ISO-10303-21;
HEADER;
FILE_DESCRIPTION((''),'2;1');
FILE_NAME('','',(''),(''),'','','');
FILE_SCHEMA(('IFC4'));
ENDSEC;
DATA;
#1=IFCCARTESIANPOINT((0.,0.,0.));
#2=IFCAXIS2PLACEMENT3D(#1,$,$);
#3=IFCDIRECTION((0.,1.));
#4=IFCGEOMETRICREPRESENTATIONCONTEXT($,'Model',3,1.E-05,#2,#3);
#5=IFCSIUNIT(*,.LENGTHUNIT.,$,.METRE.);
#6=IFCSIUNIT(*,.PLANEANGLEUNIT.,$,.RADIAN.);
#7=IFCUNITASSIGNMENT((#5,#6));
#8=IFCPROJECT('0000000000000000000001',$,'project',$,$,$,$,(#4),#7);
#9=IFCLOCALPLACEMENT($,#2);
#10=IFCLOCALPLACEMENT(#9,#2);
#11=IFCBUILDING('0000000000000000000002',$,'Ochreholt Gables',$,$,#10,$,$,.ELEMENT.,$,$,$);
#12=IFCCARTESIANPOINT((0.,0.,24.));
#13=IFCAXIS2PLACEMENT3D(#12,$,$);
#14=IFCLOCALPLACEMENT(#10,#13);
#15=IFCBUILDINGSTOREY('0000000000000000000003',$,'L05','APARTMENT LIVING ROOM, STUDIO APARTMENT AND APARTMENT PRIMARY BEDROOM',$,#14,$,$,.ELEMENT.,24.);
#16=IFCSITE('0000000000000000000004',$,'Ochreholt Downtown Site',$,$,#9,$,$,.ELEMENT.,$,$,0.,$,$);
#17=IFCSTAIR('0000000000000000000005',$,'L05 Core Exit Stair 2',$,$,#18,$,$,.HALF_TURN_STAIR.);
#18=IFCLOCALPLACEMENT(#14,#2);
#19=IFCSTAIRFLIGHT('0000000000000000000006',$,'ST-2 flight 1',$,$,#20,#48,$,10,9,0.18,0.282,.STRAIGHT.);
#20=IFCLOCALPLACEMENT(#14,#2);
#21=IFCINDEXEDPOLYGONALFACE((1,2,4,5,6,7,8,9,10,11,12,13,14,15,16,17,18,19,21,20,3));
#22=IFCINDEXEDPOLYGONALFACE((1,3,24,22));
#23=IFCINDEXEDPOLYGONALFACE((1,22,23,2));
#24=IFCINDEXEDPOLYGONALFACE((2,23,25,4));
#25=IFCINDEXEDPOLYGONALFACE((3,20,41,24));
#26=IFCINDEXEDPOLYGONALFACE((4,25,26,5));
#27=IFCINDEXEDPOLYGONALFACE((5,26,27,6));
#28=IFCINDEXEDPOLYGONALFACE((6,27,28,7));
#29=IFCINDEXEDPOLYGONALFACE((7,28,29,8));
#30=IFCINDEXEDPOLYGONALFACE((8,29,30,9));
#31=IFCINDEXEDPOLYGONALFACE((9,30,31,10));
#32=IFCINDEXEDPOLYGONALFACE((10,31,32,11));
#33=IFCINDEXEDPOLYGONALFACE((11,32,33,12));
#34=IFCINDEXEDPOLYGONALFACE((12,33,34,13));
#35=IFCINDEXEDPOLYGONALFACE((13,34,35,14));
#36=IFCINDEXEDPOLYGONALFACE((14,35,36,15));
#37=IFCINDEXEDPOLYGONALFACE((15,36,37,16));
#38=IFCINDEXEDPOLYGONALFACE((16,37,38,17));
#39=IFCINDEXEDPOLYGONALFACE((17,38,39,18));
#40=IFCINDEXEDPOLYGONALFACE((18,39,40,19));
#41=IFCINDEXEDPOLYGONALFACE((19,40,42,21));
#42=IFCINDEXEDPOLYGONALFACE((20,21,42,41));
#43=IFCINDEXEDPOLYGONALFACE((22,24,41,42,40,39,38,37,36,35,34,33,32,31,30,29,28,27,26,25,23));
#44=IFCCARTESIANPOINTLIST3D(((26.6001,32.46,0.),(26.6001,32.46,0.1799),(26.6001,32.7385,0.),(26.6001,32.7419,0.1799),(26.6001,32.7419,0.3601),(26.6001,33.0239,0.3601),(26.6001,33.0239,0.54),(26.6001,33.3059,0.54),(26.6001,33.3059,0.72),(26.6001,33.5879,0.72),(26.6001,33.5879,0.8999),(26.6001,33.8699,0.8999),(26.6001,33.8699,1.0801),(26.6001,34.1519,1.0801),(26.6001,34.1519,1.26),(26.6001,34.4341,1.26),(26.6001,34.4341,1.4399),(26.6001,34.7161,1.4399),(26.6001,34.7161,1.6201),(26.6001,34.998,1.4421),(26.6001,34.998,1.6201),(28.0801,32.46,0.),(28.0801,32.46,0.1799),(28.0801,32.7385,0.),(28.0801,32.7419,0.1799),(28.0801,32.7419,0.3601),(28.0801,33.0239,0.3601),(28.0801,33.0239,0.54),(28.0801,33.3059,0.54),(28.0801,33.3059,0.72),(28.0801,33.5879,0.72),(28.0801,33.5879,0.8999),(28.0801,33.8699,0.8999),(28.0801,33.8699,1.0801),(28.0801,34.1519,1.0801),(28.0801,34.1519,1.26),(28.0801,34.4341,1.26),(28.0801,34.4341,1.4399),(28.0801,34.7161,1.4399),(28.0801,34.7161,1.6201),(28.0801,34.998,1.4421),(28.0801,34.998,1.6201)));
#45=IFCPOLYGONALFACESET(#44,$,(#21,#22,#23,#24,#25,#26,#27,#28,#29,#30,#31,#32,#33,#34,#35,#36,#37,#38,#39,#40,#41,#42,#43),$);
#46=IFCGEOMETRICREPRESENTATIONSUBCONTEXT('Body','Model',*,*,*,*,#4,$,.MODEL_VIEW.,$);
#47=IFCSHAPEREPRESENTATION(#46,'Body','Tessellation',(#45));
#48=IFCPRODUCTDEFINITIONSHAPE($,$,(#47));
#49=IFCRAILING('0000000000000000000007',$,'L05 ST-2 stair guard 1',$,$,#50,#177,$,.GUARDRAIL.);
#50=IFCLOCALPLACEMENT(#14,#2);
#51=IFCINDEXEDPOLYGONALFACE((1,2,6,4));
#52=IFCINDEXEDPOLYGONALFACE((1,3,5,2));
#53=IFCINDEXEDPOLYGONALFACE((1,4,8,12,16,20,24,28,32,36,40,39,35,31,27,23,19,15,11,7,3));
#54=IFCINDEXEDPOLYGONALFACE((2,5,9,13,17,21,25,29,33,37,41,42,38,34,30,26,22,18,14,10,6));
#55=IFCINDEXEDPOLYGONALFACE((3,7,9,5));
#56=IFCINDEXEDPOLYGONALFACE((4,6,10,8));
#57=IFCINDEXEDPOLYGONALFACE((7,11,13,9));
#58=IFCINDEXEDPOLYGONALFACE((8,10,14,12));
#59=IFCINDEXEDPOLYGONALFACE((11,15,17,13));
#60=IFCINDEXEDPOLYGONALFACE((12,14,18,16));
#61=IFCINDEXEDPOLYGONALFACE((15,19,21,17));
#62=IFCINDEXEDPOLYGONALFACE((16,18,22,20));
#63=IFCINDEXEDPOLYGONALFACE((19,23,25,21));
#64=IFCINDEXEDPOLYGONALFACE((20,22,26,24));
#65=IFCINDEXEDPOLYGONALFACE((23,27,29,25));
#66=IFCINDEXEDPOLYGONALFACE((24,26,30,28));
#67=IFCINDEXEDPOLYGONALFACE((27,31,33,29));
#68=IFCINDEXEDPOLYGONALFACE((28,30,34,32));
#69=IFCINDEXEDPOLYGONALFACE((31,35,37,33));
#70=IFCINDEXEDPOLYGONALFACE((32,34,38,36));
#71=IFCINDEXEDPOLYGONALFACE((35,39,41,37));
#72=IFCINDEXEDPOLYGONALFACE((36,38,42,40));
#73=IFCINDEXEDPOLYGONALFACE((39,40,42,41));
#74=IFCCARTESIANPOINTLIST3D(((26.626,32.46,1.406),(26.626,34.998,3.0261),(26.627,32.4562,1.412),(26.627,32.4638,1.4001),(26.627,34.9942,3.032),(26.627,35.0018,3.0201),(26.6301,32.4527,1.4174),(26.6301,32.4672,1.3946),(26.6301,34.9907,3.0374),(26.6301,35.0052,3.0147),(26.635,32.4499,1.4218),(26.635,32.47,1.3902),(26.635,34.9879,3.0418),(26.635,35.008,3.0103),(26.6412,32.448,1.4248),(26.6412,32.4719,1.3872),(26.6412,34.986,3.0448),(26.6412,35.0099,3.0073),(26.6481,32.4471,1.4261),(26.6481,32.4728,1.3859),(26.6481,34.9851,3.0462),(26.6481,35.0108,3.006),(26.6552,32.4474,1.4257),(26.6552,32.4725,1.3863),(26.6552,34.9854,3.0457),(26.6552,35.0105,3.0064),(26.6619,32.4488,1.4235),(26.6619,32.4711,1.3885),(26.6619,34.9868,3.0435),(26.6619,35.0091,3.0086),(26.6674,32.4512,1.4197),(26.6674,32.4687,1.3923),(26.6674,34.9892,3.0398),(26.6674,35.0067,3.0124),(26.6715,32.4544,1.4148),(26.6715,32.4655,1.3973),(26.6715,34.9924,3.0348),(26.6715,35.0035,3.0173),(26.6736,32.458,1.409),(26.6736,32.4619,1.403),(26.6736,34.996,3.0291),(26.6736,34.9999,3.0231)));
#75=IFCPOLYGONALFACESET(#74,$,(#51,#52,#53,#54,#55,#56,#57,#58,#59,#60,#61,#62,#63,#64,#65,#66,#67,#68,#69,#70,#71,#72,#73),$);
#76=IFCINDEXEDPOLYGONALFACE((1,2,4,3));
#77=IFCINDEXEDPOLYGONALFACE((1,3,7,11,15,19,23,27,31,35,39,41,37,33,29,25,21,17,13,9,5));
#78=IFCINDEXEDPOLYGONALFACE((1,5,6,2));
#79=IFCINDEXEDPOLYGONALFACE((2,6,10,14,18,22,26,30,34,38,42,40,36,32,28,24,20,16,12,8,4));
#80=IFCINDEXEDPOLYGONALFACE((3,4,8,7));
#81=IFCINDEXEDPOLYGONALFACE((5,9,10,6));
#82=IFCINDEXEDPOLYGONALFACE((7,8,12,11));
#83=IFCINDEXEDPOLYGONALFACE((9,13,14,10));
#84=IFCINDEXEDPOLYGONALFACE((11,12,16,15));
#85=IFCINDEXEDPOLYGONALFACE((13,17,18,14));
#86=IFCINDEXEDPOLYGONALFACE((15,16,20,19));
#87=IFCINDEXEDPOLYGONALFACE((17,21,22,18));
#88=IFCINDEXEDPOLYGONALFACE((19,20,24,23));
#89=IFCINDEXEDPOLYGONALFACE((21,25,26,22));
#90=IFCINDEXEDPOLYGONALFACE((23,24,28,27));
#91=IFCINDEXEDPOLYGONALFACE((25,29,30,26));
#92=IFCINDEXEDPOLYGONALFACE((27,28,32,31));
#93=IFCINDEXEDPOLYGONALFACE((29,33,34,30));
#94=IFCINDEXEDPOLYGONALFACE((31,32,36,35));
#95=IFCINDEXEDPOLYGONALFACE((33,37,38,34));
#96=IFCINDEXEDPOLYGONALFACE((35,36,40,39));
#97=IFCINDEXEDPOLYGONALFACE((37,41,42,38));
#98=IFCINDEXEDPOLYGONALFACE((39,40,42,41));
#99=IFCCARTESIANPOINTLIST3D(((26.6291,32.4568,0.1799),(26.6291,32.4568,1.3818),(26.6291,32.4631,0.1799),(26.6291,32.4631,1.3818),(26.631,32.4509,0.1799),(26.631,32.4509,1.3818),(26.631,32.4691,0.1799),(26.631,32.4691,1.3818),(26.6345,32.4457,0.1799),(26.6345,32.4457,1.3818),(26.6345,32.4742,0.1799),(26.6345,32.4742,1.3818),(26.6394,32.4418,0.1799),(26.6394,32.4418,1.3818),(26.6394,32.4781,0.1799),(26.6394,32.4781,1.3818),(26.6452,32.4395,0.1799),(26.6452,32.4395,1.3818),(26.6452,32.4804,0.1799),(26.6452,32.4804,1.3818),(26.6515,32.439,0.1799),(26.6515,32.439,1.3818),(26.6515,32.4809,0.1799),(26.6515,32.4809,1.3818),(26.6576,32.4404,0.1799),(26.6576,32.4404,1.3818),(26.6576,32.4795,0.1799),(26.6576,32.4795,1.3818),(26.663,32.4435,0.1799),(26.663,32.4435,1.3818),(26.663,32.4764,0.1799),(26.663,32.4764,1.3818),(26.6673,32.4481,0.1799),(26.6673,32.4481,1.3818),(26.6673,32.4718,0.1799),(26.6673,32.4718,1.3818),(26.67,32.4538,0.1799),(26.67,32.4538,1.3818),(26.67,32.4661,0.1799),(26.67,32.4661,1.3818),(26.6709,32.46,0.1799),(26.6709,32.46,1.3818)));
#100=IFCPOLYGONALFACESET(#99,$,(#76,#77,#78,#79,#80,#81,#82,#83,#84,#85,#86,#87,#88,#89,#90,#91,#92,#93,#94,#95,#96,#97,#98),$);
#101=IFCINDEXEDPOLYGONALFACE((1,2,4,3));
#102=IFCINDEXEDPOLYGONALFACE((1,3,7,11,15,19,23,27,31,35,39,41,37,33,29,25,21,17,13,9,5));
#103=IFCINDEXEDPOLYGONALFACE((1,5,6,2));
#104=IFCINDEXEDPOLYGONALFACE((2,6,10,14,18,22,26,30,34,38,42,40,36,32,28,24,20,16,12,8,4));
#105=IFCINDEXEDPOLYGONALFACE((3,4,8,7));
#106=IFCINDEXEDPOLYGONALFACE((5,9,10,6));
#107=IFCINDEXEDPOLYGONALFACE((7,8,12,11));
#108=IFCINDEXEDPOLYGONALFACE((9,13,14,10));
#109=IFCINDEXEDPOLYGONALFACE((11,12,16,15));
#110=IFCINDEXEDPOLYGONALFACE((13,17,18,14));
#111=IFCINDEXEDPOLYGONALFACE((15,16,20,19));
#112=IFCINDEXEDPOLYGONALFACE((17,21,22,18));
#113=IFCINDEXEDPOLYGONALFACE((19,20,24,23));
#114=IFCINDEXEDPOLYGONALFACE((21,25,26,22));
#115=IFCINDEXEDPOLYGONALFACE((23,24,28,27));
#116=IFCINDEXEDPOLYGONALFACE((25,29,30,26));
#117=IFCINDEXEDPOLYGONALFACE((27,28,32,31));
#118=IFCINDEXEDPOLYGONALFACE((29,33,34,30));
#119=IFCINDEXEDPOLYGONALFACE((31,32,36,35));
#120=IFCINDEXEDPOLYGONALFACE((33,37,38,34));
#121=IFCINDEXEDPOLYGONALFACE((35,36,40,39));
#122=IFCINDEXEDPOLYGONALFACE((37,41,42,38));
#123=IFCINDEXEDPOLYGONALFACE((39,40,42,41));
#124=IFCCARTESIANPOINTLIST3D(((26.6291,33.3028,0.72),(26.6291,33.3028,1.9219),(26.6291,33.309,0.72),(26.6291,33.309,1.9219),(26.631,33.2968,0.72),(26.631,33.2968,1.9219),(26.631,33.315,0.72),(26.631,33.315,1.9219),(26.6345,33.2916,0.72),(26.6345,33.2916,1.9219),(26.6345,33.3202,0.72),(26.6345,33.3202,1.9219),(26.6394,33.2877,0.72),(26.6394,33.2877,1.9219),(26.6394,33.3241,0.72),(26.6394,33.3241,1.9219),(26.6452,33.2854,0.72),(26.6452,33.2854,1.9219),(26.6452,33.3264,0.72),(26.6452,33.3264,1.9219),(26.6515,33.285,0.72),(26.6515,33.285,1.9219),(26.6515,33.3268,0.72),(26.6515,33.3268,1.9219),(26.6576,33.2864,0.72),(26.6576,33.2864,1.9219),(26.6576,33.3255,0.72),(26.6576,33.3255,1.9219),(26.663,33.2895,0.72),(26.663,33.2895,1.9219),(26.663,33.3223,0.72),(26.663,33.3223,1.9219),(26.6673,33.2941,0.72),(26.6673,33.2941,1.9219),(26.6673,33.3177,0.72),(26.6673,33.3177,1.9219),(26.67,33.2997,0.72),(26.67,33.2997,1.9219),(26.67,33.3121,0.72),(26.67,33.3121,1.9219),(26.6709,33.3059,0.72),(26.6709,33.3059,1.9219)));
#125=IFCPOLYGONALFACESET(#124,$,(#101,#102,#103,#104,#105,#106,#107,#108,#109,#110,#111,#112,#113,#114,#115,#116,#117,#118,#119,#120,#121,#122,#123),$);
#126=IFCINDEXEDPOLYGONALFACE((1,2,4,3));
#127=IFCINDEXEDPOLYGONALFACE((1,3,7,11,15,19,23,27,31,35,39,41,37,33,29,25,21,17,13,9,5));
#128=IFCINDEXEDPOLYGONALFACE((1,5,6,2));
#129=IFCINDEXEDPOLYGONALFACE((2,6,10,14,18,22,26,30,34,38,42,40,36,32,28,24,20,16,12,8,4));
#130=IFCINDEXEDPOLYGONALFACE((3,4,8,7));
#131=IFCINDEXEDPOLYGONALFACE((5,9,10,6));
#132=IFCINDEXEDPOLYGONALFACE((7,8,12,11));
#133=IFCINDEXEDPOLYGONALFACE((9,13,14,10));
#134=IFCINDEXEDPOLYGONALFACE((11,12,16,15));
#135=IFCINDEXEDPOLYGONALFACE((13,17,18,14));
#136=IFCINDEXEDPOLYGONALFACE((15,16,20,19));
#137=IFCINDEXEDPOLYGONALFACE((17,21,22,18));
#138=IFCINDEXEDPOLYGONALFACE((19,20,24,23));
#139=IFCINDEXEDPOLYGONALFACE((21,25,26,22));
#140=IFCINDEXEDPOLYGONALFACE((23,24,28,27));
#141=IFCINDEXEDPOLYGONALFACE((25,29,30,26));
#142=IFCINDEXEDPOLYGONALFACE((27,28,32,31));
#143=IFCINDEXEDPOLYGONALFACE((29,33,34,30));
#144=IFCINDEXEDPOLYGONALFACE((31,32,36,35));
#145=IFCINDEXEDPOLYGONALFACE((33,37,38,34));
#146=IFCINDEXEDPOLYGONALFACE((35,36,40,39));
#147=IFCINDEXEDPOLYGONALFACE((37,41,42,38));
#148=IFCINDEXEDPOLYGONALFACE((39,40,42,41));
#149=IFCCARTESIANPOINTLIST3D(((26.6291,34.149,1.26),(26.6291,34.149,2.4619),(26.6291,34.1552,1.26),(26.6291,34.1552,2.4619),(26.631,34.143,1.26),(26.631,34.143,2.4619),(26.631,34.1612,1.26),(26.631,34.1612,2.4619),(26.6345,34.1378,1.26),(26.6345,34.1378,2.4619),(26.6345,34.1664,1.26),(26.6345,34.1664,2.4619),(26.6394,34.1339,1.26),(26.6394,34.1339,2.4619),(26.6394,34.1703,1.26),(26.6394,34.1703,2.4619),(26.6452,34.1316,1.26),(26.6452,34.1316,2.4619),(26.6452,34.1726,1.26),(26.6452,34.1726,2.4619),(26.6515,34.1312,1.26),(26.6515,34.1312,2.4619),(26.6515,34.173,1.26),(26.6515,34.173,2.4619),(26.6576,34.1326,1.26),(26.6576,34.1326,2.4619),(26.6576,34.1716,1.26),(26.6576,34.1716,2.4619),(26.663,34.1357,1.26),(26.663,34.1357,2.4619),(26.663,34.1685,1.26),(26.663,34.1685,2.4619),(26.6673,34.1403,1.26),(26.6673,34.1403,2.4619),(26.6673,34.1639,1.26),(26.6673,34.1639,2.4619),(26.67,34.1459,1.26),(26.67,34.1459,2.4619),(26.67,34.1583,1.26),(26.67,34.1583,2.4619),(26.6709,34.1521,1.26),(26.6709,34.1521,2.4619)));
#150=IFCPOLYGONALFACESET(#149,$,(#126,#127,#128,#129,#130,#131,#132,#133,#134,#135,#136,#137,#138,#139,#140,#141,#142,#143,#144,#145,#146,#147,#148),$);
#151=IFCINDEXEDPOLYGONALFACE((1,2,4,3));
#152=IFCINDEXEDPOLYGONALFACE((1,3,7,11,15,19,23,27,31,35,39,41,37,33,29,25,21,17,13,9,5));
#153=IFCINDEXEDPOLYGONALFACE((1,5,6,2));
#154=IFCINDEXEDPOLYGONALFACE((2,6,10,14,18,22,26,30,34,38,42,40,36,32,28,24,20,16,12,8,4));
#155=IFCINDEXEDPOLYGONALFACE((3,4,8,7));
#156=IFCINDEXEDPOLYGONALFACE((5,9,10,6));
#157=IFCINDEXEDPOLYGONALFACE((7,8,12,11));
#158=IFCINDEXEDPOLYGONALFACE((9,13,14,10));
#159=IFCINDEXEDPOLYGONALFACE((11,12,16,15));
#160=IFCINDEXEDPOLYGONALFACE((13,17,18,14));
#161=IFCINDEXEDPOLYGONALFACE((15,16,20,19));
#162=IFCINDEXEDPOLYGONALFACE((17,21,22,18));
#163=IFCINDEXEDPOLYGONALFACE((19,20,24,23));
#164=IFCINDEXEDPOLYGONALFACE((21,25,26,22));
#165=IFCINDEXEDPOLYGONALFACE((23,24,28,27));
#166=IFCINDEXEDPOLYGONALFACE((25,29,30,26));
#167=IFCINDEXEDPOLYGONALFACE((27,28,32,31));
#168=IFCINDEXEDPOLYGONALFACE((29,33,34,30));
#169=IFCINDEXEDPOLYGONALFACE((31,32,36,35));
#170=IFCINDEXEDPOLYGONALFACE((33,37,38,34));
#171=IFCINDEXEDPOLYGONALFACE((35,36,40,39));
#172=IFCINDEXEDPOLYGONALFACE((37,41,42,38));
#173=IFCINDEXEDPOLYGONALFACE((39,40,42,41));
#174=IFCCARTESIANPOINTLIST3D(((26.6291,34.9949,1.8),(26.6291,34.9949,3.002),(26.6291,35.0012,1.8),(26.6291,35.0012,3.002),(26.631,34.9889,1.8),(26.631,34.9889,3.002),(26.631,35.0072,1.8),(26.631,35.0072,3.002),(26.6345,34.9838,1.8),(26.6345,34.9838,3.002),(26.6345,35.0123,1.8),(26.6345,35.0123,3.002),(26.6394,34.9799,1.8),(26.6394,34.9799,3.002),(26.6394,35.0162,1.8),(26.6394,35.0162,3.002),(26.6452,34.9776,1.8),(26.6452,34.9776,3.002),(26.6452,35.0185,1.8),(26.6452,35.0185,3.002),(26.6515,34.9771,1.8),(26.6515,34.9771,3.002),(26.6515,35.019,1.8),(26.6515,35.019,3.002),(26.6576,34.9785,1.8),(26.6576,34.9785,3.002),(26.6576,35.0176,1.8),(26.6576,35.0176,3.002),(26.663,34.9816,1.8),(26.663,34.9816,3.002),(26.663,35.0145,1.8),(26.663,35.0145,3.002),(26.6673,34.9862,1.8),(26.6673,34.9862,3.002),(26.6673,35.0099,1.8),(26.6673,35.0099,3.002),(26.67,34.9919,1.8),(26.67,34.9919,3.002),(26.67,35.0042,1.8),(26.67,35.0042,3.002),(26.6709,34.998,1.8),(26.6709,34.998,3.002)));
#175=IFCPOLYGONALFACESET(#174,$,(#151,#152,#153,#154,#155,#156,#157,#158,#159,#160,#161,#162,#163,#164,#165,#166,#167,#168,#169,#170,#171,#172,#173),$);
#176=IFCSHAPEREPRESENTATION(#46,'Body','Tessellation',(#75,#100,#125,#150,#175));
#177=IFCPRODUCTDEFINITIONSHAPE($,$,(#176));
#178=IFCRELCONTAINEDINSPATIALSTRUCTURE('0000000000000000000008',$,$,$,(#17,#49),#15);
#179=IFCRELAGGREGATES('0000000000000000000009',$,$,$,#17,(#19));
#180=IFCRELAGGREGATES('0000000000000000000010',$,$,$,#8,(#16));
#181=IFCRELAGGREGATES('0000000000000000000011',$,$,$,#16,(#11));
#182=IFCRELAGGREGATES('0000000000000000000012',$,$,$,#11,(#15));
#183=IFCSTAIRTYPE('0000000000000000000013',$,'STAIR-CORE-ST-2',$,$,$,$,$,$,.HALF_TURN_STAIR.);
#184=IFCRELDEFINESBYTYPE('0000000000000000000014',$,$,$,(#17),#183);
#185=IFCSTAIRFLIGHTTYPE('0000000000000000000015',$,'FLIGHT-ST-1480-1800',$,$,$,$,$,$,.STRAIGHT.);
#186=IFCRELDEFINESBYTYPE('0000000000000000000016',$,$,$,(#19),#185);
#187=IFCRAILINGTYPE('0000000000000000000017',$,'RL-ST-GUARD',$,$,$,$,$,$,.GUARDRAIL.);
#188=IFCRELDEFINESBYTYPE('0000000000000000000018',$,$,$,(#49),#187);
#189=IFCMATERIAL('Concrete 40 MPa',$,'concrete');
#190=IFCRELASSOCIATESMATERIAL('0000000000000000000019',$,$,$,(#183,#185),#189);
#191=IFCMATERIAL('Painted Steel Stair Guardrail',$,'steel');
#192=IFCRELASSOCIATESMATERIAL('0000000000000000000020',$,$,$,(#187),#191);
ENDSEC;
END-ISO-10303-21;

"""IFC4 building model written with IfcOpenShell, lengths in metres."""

from ifc_helpers import new_model, si_unit, direction, frame, origin, origin_2d, place, context, subcontext, project, spatial, polyline, circle, outline, extrude, material, type_object, element, aggregate, save


model = new_model("IFC4")

# Units and contexts
model_context = context("Model", 3, precision=1e-05, world=origin(), true_north=direction((0.0, 1.0)))
body_context = subcontext(model_context, "Body", "Model", "MODEL_VIEW")
ifc_project = project(units=[si_unit("LENGTHUNIT", "METRE"), si_unit("PLANEANGLEUNIT", "RADIAN")], contexts=[model_context])

# Site, building, storey
site_placement = place(None, origin())
site = spatial("IfcSite", under=ifc_project, at=site_placement, Name="Ochreholt Downtown Site", CompositionType="ELEMENT", RefElevation=0.0)
building_placement = place(site_placement, origin())
building = spatial("IfcBuilding", under=site, at=building_placement, Name="Ochreholt Gables", CompositionType="ELEMENT")
storey_placement = place(building_placement, frame((0.0, 0.0, 24.0)))
storey = spatial("IfcBuildingStorey", under=building, at=storey_placement, Name="L05", Description="APARTMENT LIVING ROOM, STUDIO APARTMENT AND APARTMENT PRIMARY BEDROOM", CompositionType="ELEMENT", Elevation=24.0)

# Shared definitions
ifc_material_1 = material(Name="Concrete 40 MPa", Category="concrete")

# Stair, stair flight
stair_type = type_object("IfcStairType", Name="STAIR-CORE-ST-2", PredefinedType="HALF_TURN_STAIR", material=ifc_material_1)
stair_placement = place(storey_placement, origin())
stair = element("IfcStair", 1, at=stair_placement, inside=storey, type_object=stair_type, Name="L05 Core Exit Stair 2", PredefinedType="HALF_TURN_STAIR")
stair_flight_type = type_object("IfcStairFlightType", Name="FLIGHT-ST-1480-1800", PredefinedType="STRAIGHT", material=ifc_material_1)
stair_flight_placement = place(storey_placement, frame((27.3401, 32.46, 0.0), z_axis=(0.0, 0.0, 1.0), x_axis=(0.0, 1.0, 0.0)))
stair_flight = element("IfcStairFlight", 2, at=stair_flight_placement, type_object=stair_flight_type, Name="ST-2 flight 1", NumberOfRisers=10, NumberOfTreads=9, PredefinedType="STRAIGHT", RiserHeight=0.18, TreadLength=0.282, context=body_context, shape_type="SweptSolid", body=[
    extrude(outline(polyline([(0.0, 0.0), (0.0, 0.1799), (0.282, 0.1799), (0.282, 0.3601), (0.564, 0.3601), (0.564, 0.54), (0.8459, 0.54), (0.8459, 0.72), (1.1279, 0.72), (1.1279, 0.8999), (1.4099, 0.8999), (1.4099, 1.0801), (1.6919, 1.0801), (1.6919, 1.26), (1.9741, 1.26), (1.9741, 1.4399), (2.2561, 1.4399), (2.2561, 1.6201), (2.5381, 1.6201), (2.5381, 1.8), (2.5381, 1.4421), (0.2786, 0.0), (0.0, 0.0)])), frame((0.0, 0.74, 0.0), z_axis=(0.0, -1.0, 0.0), x_axis=(1.0, 0.0, 0.0)), (0.0, 0.0, 1.0), 1.48),
])
aggregate(stair, [stair_flight])

# Railing
ifc_material_2 = material(Name="Painted Steel Stair Guardrail", Category="steel")
railing_type_1 = type_object("IfcRailingType", Name="RL-ST-GUARD", PredefinedType="GUARDRAIL", material=ifc_material_2)
railing_1_placement = place(storey_placement, frame((26.6499, 32.46, 0.1799)))
element("IfcRailing", 3, at=railing_1_placement, inside=storey, type_object=railing_type_1, Name="L05 ST-2 stair guard 1", PredefinedType="GUARDRAIL", context=body_context, shape_type="SweptSolid", body=[
    extrude(circle(Radius=0.0239, at=origin_2d()), frame((0.0, 0.0, 1.2261), z_axis=(0.0, 0.842913, 0.53805), x_axis=(-1.0, 0.0, 0.0)), (0.0, 0.0, 1.0), 3.011),
    extrude(circle(Radius=0.021, at=origin_2d()), origin(), (0.0, 0.0, 1.0), 1.2019),
    extrude(circle(Radius=0.021, at=origin_2d()), frame((0.0, 0.8459, 0.54)), (0.0, 0.0, 1.0), 1.2019),
    extrude(circle(Radius=0.021, at=origin_2d()), frame((0.0, 1.6921, 1.0801)), (0.0, 0.0, 1.0), 1.2019),
    extrude(circle(Radius=0.021, at=origin_2d()), frame((0.0, 2.5381, 1.6201)), (0.0, 0.0, 1.0), 1.2019),
])

save(model, "model.ifc")
